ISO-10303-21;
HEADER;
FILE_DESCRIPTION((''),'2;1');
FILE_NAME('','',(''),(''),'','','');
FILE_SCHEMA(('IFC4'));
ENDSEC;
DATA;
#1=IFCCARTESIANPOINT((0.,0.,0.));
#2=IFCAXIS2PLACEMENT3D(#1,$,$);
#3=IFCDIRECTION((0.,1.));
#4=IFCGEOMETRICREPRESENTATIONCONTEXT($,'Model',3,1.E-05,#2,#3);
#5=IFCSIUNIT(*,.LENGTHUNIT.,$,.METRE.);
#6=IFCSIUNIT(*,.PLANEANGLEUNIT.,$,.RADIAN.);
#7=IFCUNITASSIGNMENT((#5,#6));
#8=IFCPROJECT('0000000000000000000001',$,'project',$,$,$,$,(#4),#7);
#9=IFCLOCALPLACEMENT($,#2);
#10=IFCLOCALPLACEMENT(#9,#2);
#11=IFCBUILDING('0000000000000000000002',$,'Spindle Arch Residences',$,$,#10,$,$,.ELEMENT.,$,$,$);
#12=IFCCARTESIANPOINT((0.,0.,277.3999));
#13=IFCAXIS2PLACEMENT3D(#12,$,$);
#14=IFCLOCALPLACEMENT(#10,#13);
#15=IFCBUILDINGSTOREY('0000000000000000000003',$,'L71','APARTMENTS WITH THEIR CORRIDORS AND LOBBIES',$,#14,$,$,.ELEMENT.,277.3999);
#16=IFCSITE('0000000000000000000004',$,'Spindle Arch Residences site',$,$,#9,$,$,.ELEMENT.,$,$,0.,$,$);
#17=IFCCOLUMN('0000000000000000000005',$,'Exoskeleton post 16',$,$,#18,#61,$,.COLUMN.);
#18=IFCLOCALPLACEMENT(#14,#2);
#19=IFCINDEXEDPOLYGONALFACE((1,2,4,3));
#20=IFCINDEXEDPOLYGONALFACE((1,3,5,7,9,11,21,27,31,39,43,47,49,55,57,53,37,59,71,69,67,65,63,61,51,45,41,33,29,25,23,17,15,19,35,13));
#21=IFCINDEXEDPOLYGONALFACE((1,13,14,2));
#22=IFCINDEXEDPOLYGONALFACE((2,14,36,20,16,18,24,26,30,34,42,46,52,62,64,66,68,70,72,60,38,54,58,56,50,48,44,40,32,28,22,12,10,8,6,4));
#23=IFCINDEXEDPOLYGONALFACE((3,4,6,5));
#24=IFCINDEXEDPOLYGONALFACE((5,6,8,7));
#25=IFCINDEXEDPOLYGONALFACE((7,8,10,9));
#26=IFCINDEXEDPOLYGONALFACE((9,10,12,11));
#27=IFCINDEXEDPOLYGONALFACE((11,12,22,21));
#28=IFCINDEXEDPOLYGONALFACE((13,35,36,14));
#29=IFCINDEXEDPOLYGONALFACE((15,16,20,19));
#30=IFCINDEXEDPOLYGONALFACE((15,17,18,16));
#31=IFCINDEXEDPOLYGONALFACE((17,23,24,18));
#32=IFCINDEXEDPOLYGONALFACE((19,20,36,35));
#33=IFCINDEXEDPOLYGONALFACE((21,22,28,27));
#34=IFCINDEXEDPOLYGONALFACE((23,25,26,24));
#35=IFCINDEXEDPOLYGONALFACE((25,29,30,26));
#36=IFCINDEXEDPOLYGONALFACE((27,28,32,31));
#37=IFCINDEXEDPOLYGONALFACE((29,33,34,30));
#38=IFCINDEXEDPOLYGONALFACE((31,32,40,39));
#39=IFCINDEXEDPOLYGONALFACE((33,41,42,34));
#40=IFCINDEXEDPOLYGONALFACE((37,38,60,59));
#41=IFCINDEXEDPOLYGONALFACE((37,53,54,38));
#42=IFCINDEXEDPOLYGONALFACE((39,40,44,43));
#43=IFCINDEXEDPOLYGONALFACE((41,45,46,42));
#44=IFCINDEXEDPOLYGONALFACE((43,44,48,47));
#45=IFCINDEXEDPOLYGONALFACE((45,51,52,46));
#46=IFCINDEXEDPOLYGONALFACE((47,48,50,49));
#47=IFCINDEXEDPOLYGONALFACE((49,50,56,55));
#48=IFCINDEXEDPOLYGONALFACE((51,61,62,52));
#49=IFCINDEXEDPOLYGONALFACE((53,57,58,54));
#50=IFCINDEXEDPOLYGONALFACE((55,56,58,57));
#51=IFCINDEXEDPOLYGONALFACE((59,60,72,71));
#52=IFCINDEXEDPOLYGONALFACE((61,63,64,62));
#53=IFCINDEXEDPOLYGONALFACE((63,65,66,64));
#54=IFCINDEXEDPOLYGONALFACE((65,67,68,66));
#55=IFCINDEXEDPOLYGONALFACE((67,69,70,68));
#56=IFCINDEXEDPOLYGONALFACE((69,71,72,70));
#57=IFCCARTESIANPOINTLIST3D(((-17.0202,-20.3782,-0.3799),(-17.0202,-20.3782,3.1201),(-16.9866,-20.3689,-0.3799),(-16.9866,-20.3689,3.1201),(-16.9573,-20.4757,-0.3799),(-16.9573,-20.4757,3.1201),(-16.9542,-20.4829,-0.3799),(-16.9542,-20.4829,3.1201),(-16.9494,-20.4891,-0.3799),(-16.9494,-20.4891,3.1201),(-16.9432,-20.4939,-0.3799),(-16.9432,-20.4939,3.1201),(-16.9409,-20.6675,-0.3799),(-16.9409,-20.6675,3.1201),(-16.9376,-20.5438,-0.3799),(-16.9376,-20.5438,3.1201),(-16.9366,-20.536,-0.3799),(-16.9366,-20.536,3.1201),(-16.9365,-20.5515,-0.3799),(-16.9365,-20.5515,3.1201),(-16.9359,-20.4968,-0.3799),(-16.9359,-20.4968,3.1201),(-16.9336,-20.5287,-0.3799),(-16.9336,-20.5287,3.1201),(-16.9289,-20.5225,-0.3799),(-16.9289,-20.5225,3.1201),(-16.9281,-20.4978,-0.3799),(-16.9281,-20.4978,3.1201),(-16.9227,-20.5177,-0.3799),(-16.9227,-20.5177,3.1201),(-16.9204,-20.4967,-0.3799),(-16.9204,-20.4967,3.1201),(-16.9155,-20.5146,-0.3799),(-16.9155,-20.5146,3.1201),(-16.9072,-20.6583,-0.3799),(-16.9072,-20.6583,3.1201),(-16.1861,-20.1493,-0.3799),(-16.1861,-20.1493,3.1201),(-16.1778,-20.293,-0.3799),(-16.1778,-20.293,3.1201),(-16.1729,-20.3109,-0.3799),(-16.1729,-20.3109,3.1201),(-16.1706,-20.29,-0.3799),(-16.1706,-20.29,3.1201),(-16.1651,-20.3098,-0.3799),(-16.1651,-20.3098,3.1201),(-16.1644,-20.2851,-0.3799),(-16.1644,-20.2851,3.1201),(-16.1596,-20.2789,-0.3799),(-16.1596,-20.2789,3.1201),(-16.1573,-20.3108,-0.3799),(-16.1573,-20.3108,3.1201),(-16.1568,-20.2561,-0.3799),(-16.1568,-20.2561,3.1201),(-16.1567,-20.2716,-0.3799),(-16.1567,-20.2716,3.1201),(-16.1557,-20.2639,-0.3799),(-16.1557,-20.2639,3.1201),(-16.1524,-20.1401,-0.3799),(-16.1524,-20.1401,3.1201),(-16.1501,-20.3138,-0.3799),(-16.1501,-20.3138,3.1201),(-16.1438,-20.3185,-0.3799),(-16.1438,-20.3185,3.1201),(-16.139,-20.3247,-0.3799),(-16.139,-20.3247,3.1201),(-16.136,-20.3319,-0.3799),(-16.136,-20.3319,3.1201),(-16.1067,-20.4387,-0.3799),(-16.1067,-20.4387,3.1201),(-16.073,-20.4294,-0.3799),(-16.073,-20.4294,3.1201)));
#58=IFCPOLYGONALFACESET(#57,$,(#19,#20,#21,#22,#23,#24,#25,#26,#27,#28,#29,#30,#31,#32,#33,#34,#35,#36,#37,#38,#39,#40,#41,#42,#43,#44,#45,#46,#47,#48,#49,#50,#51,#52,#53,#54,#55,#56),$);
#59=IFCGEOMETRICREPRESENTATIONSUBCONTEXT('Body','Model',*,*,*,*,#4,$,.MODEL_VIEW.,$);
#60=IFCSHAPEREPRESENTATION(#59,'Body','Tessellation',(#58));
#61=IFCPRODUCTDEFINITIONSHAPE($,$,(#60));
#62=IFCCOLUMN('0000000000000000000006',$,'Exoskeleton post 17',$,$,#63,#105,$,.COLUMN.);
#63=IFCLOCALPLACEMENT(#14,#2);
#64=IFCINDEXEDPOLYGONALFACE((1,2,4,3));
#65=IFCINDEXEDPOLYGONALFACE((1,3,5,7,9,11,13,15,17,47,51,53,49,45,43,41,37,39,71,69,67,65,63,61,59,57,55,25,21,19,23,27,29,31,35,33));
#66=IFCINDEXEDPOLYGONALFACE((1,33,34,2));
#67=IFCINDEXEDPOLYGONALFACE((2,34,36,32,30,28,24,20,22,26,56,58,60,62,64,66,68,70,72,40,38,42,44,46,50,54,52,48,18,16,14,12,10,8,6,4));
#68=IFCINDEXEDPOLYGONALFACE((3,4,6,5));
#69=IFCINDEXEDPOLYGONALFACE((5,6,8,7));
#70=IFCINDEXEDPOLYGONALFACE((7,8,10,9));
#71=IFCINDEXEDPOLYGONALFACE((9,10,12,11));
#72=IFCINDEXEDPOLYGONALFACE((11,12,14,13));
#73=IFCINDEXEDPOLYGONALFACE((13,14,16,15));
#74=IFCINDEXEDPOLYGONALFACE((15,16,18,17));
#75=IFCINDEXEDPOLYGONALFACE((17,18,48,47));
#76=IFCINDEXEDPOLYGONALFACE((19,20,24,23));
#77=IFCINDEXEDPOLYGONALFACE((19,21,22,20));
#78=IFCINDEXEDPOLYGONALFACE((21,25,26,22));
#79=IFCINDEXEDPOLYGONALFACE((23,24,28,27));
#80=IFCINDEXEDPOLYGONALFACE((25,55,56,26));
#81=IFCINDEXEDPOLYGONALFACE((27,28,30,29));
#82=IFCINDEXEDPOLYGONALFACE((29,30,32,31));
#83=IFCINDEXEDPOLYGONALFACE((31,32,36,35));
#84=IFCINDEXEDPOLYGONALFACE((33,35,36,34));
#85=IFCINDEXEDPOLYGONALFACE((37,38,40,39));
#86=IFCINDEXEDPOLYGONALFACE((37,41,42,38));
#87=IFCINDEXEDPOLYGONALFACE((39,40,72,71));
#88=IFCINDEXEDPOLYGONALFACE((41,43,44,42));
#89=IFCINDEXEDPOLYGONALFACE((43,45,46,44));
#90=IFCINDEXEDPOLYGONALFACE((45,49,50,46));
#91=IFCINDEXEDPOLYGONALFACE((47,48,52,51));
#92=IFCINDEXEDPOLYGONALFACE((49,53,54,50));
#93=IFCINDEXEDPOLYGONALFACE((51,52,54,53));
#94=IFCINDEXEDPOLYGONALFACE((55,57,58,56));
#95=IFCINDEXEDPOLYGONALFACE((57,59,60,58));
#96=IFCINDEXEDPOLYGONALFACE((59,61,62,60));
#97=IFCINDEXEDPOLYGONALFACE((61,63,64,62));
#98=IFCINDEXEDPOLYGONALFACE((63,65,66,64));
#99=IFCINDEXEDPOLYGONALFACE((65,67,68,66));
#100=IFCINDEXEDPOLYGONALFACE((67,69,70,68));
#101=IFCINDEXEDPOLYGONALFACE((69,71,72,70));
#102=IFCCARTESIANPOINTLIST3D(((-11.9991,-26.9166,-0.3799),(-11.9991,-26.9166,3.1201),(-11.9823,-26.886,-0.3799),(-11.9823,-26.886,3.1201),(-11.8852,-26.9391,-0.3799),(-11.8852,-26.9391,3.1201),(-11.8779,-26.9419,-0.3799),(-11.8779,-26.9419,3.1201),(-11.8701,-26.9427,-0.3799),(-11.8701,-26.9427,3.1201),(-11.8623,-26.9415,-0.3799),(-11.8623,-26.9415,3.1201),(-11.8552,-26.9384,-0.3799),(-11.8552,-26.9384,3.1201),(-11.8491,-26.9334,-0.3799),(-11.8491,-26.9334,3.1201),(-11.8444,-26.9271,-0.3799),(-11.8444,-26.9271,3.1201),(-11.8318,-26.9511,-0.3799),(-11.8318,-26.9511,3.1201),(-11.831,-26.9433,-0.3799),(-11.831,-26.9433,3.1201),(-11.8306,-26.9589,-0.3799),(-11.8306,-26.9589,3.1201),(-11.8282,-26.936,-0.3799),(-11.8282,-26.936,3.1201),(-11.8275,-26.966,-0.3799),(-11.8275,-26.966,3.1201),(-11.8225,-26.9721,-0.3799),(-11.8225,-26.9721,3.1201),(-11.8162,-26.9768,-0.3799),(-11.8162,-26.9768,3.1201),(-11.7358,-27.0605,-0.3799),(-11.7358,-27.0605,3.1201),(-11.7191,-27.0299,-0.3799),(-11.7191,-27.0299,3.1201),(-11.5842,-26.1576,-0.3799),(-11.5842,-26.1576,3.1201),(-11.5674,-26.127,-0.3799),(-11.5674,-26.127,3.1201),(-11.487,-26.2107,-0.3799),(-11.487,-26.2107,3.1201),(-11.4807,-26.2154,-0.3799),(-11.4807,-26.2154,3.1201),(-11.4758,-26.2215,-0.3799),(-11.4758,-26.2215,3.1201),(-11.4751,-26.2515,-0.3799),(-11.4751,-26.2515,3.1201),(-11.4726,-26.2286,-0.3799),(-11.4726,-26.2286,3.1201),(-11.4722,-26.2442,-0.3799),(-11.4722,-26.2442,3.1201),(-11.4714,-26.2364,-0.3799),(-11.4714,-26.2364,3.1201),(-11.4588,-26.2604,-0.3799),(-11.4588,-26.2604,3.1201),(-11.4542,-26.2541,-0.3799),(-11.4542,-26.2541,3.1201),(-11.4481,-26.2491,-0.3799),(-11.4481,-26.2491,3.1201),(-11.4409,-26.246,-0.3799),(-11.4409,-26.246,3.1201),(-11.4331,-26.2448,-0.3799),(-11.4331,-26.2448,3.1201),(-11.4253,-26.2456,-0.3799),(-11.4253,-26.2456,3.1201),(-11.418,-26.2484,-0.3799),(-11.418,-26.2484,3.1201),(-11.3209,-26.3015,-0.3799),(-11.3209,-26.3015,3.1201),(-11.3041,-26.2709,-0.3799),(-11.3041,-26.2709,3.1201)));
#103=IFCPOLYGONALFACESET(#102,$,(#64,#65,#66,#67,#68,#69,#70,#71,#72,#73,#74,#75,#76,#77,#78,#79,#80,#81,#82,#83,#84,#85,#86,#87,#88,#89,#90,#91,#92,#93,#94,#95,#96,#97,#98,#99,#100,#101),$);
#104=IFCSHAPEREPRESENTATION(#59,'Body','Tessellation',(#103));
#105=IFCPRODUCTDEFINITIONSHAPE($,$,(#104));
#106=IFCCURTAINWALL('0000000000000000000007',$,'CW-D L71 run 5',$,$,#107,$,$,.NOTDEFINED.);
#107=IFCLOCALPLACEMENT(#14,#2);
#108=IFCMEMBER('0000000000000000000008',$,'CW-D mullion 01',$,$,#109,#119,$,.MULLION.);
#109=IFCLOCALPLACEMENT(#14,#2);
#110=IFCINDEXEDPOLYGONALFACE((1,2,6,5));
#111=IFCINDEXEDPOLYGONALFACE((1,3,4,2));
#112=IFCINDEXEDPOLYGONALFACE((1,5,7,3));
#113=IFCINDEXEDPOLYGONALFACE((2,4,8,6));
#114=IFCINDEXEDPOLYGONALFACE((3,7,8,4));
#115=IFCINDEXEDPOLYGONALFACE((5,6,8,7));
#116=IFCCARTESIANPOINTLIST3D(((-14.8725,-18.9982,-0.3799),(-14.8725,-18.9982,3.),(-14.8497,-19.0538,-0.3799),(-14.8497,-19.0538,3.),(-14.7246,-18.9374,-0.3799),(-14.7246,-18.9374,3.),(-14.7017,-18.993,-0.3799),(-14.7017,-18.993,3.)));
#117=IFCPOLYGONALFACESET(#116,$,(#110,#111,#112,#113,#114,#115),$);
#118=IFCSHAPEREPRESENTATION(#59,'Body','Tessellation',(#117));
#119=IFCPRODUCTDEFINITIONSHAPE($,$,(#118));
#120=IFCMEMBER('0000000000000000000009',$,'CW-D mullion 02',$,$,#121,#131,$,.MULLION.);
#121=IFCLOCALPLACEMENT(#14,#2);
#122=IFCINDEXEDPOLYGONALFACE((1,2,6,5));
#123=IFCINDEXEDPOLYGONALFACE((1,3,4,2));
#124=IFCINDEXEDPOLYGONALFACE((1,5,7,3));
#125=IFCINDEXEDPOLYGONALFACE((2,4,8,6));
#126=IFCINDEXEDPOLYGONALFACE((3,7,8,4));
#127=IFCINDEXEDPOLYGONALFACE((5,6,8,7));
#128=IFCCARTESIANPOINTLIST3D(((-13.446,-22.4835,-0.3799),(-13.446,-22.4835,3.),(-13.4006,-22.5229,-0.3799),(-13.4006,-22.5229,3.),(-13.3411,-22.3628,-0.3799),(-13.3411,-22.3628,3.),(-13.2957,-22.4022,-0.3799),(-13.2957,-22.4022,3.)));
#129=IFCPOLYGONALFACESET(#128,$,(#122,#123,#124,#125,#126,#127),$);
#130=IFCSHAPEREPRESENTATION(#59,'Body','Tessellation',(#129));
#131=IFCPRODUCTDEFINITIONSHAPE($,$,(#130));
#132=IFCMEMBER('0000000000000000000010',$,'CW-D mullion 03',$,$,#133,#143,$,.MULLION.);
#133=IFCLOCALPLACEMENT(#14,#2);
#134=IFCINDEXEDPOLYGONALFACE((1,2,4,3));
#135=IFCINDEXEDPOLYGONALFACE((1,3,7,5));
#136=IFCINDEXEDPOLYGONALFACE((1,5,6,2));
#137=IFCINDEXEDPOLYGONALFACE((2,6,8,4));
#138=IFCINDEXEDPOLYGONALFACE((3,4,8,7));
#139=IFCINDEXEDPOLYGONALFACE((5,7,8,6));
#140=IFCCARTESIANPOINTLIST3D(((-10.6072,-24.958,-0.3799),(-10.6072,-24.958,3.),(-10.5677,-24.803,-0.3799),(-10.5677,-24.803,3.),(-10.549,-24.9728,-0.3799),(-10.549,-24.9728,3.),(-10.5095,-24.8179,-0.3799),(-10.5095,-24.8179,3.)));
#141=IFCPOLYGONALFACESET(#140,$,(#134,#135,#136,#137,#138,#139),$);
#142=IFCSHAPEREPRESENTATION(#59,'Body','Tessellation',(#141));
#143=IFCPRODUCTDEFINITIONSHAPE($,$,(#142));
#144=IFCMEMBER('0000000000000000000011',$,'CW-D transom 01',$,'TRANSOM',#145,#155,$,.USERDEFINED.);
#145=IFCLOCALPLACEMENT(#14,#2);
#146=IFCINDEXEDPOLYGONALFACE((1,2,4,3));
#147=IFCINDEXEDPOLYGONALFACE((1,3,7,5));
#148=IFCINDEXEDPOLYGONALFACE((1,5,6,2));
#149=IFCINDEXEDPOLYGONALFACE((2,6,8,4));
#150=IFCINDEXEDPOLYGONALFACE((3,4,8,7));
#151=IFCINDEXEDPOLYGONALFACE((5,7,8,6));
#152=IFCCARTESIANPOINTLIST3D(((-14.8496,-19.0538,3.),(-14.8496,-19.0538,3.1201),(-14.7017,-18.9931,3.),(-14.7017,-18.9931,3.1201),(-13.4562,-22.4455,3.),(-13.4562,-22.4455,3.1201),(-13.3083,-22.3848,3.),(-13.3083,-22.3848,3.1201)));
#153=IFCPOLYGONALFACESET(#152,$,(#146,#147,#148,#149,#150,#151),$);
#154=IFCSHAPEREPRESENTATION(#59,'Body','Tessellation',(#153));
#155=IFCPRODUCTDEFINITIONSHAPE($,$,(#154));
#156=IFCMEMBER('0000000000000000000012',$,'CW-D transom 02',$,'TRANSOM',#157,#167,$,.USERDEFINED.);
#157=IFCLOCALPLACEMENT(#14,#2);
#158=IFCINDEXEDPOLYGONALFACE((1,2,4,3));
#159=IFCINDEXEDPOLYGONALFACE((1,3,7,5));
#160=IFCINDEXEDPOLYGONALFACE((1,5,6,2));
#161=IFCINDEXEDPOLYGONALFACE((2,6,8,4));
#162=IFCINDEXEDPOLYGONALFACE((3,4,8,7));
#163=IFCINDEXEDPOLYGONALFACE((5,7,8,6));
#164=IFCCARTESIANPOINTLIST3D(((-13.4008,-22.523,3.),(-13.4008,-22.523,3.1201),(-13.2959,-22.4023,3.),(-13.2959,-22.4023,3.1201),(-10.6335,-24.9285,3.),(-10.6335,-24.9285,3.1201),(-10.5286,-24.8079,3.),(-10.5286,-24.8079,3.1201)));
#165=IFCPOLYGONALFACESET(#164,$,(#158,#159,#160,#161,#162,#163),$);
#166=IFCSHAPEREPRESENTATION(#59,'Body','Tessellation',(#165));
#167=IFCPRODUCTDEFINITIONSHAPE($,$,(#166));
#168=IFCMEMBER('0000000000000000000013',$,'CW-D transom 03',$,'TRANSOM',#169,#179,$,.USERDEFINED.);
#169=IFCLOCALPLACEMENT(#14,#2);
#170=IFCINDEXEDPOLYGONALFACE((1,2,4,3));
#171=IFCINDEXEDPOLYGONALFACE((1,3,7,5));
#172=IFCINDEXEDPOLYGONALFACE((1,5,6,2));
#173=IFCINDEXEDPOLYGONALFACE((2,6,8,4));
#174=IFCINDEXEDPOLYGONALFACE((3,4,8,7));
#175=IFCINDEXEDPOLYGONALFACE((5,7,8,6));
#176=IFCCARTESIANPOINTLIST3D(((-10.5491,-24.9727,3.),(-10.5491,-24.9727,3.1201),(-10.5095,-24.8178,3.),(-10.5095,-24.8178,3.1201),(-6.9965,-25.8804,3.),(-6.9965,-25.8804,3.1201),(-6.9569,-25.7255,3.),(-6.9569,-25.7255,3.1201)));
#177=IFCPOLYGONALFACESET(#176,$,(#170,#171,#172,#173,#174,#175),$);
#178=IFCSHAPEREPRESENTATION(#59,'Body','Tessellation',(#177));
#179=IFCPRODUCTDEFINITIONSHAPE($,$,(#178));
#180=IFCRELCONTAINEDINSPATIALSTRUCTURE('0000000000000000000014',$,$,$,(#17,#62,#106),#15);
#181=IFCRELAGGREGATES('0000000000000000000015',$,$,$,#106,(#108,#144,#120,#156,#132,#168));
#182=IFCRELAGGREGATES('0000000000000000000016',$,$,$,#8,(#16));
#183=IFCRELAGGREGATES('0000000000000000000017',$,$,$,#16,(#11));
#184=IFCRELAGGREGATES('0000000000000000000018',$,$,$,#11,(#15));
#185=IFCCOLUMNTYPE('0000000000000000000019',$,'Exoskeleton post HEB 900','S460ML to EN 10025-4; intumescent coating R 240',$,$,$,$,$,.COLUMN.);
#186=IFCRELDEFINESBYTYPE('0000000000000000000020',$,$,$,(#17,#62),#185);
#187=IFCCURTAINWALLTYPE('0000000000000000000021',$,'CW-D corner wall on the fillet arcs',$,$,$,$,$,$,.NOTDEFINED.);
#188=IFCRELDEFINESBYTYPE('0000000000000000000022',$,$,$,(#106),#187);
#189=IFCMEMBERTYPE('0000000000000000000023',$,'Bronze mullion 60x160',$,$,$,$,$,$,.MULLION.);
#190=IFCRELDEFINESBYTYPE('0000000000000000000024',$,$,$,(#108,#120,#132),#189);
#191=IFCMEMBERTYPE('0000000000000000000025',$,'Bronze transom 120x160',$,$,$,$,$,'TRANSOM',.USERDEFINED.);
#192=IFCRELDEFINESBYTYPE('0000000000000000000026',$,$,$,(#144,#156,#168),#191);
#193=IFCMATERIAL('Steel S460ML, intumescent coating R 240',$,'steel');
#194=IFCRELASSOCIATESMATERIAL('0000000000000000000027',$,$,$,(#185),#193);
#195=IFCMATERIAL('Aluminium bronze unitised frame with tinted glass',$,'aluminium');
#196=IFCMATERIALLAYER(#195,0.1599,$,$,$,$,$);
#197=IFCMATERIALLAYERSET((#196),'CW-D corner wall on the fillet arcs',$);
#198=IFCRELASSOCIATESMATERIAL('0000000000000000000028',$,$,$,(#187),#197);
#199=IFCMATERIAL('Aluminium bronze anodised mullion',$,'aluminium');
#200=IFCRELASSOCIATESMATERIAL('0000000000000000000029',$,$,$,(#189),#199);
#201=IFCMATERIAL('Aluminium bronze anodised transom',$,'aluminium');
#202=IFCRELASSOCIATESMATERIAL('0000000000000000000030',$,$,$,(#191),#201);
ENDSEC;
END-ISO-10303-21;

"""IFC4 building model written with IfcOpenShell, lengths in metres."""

from ifc_helpers import new_model, si_unit, direction, frame, origin, origin_2d, place, context, subcontext, project, spatial, rectangle, i_section, extrude, material, layer, layer_set, material_profile, profile_set, type_object, element, aggregate, save


model = new_model("IFC4")

# Units and contexts
model_context = context("Model", 3, precision=1e-05, world=origin(), true_north=direction((0.0, 1.0)))
body_context = subcontext(model_context, "Body", "Model", "MODEL_VIEW")
ifc_project = project(units=[si_unit("LENGTHUNIT", "METRE"), si_unit("PLANEANGLEUNIT", "RADIAN")], contexts=[model_context])

# Site, building, storey
site_placement = place(None, origin())
site = spatial("IfcSite", under=ifc_project, at=site_placement, Name="Spindle Arch Residences site", CompositionType="ELEMENT", RefElevation=0.0)
building_placement = place(site_placement, origin())
building = spatial("IfcBuilding", under=site, at=building_placement, Name="Spindle Arch Residences", CompositionType="ELEMENT")
storey_placement = place(building_placement, frame((0.0, 0.0, 277.3999)))
storey = spatial("IfcBuildingStorey", under=building, at=storey_placement, Name="L71", Description="APARTMENTS WITH THEIR CORRIDORS AND LOBBIES", CompositionType="ELEMENT", Elevation=277.3999)

# Columns
ifc_material_1 = material(Name="Steel S460ML, intumescent coating R 240", Category="steel")
ifc_material_profile_1 = material_profile(ifc_material_1, i_section(OverallWidth=0.3, OverallDepth=0.8999, WebThickness=0.0186, FlangeThickness=0.0349, FilletRadius=0.03, at=origin_2d()), Name="HEB 900")
ifc_profile_set_1 = profile_set([ifc_material_profile_1], Name="Steel S460ML, intumescent coating R 240")
column_type = type_object("IfcColumnType", Name="Exoskeleton post HEB 900", Description="S460ML to EN 10025-4; intumescent coating R 240", PredefinedType="COLUMN", material=ifc_profile_set_1)
for number, where, z_axis, x_axis, name in (
    (1, (-16.5466, -20.4038, -0.3799), (0.0, 0.0, 1.0), (-0.264569, 0.964367, 0.0), "Exoskeleton post 16"),
    (2, (-11.6516, -26.5938, -0.3799), (0.0, 0.0, 1.0), (-0.877435, 0.479696, 0.0), "Exoskeleton post 17"),
):
    element("IfcColumn", number, at=place(storey_placement, frame(where, z_axis=z_axis, x_axis=x_axis)), inside=storey, type_object=column_type, Name=name, PredefinedType="COLUMN", context=body_context, shape_type="SweptSolid", body=[
        extrude(i_section(OverallWidth=0.3, OverallDepth=0.8999, WebThickness=0.0186, FlangeThickness=0.0349, FilletRadius=0.03, at=origin_2d()), origin(), (0.0, 0.0, 1.0), 3.5),
    ])

# Curtain wall, members
ifc_material_2 = material(Name="Aluminium bronze unitised frame with tinted glass", Category="aluminium")
ifc_layer_1 = layer(ifc_material_2, 0.1599)
ifc_layer_set_1 = layer_set([ifc_layer_1], Name="CW-D corner wall on the fillet arcs")
curtain_wall_type = type_object("IfcCurtainWallType", Name="CW-D corner wall on the fillet arcs", PredefinedType="NOTDEFINED", material=ifc_layer_set_1)
curtain_wall_placement = place(storey_placement, origin())
curtain_wall = element("IfcCurtainWall", 3, at=curtain_wall_placement, inside=storey, type_object=curtain_wall_type, Name="CW-D L71 run 5", PredefinedType="NOTDEFINED")
ifc_material_3 = material(Name="Aluminium bronze anodised mullion", Category="aluminium")
ifc_material_profile_2 = material_profile(ifc_material_3, rectangle(XDim=0.1599, YDim=0.0601, at=origin_2d()), Name="MU 60x160")
ifc_profile_set_2 = profile_set([ifc_material_profile_2], Name="Aluminium bronze anodised mullion")
member_type_1 = type_object("IfcMemberType", Name="Bronze mullion 60x160", PredefinedType="MULLION", material=ifc_profile_set_2)
member_1_placement = place(storey_placement, frame((-14.7871, -18.9956, -0.3799), z_axis=(0.0, 0.0, 1.0), x_axis=(0.924989, 0.379994, 0.0)))
member_1 = element("IfcMember", 4, at=member_1_placement, type_object=member_type_1, Name="CW-D mullion 01", PredefinedType="MULLION", context=body_context, shape_type="SweptSolid", body=[
    extrude(rectangle(XDim=0.1599, YDim=0.0601, at=origin_2d()), origin(), (0.0, 0.0, 1.0), 3.3799),
])
member_2_placement = place(storey_placement, frame((-13.3708, -22.4429, -0.3799), z_axis=(0.0, 0.0, 1.0), x_axis=(0.656059, 0.75471, 0.0)))
member_2 = element("IfcMember", 5, at=member_2_placement, type_object=member_type_1, Name="CW-D mullion 02", PredefinedType="MULLION", context=body_context, shape_type="SweptSolid", body=[
    extrude(rectangle(XDim=0.1599, YDim=0.0601, at=origin_2d()), origin(), (0.0, 0.0, 1.0), 3.3799),
])
member_3_placement = place(storey_placement, frame((-10.5583, -24.8879, -0.3799), z_axis=(0.0, 0.0, 1.0), x_axis=(0.247563, 0.968872, 0.0)))
member_3 = element("IfcMember", 6, at=member_3_placement, type_object=member_type_1, Name="CW-D mullion 03", PredefinedType="MULLION", context=body_context, shape_type="SweptSolid", body=[
    extrude(rectangle(XDim=0.1599, YDim=0.0601, at=origin_2d()), origin(), (0.0, 0.0, 1.0), 3.3799),
])
ifc_material_4 = material(Name="Aluminium bronze anodised transom", Category="aluminium")
ifc_material_profile_3 = material_profile(ifc_material_4, rectangle(XDim=0.1599, YDim=0.1201, at=origin_2d()), Name="TR 120x160")
ifc_profile_set_3 = profile_set([ifc_material_profile_3], Name="Aluminium bronze anodised transom")
member_type_2 = type_object("IfcMemberType", Name="Bronze transom 120x160", ElementType="TRANSOM", PredefinedType="USERDEFINED", material=ifc_profile_set_3)
member_4_placement = place(storey_placement, frame((-14.7756, -19.0234, 3.0601), z_axis=(0.379996, -0.924988, 0.0), x_axis=(0.924988, 0.379996, 0.0)))
member_4 = element("IfcMember", 7, at=member_4_placement, type_object=member_type_2, Name="CW-D transom 01", ObjectType="TRANSOM", PredefinedType="USERDEFINED", context=body_context, shape_type="SweptSolid", body=[
    extrude(rectangle(XDim=0.1599, YDim=0.1201, at=origin_2d()), origin(), (0.0, 0.0, 1.0), 3.6667),
])
member_5_placement = place(storey_placement, frame((-13.3484, -22.4626, 3.0601), z_axis=(0.754722, -0.656045, 0.0), x_axis=(0.656045, 0.754722, 0.0)))
member_5 = element("IfcMember", 8, at=member_5_placement, type_object=member_type_2, Name="CW-D transom 02", ObjectType="TRANSOM", PredefinedType="USERDEFINED", context=body_context, shape_type="SweptSolid", body=[
    extrude(rectangle(XDim=0.1599, YDim=0.1201, at=origin_2d()), origin(), (0.0, 0.0, 1.0), 3.6667),
])
member_6_placement = place(storey_placement, frame((-10.5293, -24.8953, 3.0601), z_axis=(0.968876, -0.247545, 0.0), x_axis=(0.247545, 0.968876, 0.0)))
member_6 = element("IfcMember", 9, at=member_6_placement, type_object=member_type_2, Name="CW-D transom 03", ObjectType="TRANSOM", PredefinedType="USERDEFINED", context=body_context, shape_type="SweptSolid", body=[
    extrude(rectangle(XDim=0.1599, YDim=0.1201, at=origin_2d()), origin(), (0.0, 0.0, 1.0), 3.6667),
])

aggregate(curtain_wall, [member_1, member_4, member_2, member_5, member_3, member_6])

save(model, "model.ifc")
